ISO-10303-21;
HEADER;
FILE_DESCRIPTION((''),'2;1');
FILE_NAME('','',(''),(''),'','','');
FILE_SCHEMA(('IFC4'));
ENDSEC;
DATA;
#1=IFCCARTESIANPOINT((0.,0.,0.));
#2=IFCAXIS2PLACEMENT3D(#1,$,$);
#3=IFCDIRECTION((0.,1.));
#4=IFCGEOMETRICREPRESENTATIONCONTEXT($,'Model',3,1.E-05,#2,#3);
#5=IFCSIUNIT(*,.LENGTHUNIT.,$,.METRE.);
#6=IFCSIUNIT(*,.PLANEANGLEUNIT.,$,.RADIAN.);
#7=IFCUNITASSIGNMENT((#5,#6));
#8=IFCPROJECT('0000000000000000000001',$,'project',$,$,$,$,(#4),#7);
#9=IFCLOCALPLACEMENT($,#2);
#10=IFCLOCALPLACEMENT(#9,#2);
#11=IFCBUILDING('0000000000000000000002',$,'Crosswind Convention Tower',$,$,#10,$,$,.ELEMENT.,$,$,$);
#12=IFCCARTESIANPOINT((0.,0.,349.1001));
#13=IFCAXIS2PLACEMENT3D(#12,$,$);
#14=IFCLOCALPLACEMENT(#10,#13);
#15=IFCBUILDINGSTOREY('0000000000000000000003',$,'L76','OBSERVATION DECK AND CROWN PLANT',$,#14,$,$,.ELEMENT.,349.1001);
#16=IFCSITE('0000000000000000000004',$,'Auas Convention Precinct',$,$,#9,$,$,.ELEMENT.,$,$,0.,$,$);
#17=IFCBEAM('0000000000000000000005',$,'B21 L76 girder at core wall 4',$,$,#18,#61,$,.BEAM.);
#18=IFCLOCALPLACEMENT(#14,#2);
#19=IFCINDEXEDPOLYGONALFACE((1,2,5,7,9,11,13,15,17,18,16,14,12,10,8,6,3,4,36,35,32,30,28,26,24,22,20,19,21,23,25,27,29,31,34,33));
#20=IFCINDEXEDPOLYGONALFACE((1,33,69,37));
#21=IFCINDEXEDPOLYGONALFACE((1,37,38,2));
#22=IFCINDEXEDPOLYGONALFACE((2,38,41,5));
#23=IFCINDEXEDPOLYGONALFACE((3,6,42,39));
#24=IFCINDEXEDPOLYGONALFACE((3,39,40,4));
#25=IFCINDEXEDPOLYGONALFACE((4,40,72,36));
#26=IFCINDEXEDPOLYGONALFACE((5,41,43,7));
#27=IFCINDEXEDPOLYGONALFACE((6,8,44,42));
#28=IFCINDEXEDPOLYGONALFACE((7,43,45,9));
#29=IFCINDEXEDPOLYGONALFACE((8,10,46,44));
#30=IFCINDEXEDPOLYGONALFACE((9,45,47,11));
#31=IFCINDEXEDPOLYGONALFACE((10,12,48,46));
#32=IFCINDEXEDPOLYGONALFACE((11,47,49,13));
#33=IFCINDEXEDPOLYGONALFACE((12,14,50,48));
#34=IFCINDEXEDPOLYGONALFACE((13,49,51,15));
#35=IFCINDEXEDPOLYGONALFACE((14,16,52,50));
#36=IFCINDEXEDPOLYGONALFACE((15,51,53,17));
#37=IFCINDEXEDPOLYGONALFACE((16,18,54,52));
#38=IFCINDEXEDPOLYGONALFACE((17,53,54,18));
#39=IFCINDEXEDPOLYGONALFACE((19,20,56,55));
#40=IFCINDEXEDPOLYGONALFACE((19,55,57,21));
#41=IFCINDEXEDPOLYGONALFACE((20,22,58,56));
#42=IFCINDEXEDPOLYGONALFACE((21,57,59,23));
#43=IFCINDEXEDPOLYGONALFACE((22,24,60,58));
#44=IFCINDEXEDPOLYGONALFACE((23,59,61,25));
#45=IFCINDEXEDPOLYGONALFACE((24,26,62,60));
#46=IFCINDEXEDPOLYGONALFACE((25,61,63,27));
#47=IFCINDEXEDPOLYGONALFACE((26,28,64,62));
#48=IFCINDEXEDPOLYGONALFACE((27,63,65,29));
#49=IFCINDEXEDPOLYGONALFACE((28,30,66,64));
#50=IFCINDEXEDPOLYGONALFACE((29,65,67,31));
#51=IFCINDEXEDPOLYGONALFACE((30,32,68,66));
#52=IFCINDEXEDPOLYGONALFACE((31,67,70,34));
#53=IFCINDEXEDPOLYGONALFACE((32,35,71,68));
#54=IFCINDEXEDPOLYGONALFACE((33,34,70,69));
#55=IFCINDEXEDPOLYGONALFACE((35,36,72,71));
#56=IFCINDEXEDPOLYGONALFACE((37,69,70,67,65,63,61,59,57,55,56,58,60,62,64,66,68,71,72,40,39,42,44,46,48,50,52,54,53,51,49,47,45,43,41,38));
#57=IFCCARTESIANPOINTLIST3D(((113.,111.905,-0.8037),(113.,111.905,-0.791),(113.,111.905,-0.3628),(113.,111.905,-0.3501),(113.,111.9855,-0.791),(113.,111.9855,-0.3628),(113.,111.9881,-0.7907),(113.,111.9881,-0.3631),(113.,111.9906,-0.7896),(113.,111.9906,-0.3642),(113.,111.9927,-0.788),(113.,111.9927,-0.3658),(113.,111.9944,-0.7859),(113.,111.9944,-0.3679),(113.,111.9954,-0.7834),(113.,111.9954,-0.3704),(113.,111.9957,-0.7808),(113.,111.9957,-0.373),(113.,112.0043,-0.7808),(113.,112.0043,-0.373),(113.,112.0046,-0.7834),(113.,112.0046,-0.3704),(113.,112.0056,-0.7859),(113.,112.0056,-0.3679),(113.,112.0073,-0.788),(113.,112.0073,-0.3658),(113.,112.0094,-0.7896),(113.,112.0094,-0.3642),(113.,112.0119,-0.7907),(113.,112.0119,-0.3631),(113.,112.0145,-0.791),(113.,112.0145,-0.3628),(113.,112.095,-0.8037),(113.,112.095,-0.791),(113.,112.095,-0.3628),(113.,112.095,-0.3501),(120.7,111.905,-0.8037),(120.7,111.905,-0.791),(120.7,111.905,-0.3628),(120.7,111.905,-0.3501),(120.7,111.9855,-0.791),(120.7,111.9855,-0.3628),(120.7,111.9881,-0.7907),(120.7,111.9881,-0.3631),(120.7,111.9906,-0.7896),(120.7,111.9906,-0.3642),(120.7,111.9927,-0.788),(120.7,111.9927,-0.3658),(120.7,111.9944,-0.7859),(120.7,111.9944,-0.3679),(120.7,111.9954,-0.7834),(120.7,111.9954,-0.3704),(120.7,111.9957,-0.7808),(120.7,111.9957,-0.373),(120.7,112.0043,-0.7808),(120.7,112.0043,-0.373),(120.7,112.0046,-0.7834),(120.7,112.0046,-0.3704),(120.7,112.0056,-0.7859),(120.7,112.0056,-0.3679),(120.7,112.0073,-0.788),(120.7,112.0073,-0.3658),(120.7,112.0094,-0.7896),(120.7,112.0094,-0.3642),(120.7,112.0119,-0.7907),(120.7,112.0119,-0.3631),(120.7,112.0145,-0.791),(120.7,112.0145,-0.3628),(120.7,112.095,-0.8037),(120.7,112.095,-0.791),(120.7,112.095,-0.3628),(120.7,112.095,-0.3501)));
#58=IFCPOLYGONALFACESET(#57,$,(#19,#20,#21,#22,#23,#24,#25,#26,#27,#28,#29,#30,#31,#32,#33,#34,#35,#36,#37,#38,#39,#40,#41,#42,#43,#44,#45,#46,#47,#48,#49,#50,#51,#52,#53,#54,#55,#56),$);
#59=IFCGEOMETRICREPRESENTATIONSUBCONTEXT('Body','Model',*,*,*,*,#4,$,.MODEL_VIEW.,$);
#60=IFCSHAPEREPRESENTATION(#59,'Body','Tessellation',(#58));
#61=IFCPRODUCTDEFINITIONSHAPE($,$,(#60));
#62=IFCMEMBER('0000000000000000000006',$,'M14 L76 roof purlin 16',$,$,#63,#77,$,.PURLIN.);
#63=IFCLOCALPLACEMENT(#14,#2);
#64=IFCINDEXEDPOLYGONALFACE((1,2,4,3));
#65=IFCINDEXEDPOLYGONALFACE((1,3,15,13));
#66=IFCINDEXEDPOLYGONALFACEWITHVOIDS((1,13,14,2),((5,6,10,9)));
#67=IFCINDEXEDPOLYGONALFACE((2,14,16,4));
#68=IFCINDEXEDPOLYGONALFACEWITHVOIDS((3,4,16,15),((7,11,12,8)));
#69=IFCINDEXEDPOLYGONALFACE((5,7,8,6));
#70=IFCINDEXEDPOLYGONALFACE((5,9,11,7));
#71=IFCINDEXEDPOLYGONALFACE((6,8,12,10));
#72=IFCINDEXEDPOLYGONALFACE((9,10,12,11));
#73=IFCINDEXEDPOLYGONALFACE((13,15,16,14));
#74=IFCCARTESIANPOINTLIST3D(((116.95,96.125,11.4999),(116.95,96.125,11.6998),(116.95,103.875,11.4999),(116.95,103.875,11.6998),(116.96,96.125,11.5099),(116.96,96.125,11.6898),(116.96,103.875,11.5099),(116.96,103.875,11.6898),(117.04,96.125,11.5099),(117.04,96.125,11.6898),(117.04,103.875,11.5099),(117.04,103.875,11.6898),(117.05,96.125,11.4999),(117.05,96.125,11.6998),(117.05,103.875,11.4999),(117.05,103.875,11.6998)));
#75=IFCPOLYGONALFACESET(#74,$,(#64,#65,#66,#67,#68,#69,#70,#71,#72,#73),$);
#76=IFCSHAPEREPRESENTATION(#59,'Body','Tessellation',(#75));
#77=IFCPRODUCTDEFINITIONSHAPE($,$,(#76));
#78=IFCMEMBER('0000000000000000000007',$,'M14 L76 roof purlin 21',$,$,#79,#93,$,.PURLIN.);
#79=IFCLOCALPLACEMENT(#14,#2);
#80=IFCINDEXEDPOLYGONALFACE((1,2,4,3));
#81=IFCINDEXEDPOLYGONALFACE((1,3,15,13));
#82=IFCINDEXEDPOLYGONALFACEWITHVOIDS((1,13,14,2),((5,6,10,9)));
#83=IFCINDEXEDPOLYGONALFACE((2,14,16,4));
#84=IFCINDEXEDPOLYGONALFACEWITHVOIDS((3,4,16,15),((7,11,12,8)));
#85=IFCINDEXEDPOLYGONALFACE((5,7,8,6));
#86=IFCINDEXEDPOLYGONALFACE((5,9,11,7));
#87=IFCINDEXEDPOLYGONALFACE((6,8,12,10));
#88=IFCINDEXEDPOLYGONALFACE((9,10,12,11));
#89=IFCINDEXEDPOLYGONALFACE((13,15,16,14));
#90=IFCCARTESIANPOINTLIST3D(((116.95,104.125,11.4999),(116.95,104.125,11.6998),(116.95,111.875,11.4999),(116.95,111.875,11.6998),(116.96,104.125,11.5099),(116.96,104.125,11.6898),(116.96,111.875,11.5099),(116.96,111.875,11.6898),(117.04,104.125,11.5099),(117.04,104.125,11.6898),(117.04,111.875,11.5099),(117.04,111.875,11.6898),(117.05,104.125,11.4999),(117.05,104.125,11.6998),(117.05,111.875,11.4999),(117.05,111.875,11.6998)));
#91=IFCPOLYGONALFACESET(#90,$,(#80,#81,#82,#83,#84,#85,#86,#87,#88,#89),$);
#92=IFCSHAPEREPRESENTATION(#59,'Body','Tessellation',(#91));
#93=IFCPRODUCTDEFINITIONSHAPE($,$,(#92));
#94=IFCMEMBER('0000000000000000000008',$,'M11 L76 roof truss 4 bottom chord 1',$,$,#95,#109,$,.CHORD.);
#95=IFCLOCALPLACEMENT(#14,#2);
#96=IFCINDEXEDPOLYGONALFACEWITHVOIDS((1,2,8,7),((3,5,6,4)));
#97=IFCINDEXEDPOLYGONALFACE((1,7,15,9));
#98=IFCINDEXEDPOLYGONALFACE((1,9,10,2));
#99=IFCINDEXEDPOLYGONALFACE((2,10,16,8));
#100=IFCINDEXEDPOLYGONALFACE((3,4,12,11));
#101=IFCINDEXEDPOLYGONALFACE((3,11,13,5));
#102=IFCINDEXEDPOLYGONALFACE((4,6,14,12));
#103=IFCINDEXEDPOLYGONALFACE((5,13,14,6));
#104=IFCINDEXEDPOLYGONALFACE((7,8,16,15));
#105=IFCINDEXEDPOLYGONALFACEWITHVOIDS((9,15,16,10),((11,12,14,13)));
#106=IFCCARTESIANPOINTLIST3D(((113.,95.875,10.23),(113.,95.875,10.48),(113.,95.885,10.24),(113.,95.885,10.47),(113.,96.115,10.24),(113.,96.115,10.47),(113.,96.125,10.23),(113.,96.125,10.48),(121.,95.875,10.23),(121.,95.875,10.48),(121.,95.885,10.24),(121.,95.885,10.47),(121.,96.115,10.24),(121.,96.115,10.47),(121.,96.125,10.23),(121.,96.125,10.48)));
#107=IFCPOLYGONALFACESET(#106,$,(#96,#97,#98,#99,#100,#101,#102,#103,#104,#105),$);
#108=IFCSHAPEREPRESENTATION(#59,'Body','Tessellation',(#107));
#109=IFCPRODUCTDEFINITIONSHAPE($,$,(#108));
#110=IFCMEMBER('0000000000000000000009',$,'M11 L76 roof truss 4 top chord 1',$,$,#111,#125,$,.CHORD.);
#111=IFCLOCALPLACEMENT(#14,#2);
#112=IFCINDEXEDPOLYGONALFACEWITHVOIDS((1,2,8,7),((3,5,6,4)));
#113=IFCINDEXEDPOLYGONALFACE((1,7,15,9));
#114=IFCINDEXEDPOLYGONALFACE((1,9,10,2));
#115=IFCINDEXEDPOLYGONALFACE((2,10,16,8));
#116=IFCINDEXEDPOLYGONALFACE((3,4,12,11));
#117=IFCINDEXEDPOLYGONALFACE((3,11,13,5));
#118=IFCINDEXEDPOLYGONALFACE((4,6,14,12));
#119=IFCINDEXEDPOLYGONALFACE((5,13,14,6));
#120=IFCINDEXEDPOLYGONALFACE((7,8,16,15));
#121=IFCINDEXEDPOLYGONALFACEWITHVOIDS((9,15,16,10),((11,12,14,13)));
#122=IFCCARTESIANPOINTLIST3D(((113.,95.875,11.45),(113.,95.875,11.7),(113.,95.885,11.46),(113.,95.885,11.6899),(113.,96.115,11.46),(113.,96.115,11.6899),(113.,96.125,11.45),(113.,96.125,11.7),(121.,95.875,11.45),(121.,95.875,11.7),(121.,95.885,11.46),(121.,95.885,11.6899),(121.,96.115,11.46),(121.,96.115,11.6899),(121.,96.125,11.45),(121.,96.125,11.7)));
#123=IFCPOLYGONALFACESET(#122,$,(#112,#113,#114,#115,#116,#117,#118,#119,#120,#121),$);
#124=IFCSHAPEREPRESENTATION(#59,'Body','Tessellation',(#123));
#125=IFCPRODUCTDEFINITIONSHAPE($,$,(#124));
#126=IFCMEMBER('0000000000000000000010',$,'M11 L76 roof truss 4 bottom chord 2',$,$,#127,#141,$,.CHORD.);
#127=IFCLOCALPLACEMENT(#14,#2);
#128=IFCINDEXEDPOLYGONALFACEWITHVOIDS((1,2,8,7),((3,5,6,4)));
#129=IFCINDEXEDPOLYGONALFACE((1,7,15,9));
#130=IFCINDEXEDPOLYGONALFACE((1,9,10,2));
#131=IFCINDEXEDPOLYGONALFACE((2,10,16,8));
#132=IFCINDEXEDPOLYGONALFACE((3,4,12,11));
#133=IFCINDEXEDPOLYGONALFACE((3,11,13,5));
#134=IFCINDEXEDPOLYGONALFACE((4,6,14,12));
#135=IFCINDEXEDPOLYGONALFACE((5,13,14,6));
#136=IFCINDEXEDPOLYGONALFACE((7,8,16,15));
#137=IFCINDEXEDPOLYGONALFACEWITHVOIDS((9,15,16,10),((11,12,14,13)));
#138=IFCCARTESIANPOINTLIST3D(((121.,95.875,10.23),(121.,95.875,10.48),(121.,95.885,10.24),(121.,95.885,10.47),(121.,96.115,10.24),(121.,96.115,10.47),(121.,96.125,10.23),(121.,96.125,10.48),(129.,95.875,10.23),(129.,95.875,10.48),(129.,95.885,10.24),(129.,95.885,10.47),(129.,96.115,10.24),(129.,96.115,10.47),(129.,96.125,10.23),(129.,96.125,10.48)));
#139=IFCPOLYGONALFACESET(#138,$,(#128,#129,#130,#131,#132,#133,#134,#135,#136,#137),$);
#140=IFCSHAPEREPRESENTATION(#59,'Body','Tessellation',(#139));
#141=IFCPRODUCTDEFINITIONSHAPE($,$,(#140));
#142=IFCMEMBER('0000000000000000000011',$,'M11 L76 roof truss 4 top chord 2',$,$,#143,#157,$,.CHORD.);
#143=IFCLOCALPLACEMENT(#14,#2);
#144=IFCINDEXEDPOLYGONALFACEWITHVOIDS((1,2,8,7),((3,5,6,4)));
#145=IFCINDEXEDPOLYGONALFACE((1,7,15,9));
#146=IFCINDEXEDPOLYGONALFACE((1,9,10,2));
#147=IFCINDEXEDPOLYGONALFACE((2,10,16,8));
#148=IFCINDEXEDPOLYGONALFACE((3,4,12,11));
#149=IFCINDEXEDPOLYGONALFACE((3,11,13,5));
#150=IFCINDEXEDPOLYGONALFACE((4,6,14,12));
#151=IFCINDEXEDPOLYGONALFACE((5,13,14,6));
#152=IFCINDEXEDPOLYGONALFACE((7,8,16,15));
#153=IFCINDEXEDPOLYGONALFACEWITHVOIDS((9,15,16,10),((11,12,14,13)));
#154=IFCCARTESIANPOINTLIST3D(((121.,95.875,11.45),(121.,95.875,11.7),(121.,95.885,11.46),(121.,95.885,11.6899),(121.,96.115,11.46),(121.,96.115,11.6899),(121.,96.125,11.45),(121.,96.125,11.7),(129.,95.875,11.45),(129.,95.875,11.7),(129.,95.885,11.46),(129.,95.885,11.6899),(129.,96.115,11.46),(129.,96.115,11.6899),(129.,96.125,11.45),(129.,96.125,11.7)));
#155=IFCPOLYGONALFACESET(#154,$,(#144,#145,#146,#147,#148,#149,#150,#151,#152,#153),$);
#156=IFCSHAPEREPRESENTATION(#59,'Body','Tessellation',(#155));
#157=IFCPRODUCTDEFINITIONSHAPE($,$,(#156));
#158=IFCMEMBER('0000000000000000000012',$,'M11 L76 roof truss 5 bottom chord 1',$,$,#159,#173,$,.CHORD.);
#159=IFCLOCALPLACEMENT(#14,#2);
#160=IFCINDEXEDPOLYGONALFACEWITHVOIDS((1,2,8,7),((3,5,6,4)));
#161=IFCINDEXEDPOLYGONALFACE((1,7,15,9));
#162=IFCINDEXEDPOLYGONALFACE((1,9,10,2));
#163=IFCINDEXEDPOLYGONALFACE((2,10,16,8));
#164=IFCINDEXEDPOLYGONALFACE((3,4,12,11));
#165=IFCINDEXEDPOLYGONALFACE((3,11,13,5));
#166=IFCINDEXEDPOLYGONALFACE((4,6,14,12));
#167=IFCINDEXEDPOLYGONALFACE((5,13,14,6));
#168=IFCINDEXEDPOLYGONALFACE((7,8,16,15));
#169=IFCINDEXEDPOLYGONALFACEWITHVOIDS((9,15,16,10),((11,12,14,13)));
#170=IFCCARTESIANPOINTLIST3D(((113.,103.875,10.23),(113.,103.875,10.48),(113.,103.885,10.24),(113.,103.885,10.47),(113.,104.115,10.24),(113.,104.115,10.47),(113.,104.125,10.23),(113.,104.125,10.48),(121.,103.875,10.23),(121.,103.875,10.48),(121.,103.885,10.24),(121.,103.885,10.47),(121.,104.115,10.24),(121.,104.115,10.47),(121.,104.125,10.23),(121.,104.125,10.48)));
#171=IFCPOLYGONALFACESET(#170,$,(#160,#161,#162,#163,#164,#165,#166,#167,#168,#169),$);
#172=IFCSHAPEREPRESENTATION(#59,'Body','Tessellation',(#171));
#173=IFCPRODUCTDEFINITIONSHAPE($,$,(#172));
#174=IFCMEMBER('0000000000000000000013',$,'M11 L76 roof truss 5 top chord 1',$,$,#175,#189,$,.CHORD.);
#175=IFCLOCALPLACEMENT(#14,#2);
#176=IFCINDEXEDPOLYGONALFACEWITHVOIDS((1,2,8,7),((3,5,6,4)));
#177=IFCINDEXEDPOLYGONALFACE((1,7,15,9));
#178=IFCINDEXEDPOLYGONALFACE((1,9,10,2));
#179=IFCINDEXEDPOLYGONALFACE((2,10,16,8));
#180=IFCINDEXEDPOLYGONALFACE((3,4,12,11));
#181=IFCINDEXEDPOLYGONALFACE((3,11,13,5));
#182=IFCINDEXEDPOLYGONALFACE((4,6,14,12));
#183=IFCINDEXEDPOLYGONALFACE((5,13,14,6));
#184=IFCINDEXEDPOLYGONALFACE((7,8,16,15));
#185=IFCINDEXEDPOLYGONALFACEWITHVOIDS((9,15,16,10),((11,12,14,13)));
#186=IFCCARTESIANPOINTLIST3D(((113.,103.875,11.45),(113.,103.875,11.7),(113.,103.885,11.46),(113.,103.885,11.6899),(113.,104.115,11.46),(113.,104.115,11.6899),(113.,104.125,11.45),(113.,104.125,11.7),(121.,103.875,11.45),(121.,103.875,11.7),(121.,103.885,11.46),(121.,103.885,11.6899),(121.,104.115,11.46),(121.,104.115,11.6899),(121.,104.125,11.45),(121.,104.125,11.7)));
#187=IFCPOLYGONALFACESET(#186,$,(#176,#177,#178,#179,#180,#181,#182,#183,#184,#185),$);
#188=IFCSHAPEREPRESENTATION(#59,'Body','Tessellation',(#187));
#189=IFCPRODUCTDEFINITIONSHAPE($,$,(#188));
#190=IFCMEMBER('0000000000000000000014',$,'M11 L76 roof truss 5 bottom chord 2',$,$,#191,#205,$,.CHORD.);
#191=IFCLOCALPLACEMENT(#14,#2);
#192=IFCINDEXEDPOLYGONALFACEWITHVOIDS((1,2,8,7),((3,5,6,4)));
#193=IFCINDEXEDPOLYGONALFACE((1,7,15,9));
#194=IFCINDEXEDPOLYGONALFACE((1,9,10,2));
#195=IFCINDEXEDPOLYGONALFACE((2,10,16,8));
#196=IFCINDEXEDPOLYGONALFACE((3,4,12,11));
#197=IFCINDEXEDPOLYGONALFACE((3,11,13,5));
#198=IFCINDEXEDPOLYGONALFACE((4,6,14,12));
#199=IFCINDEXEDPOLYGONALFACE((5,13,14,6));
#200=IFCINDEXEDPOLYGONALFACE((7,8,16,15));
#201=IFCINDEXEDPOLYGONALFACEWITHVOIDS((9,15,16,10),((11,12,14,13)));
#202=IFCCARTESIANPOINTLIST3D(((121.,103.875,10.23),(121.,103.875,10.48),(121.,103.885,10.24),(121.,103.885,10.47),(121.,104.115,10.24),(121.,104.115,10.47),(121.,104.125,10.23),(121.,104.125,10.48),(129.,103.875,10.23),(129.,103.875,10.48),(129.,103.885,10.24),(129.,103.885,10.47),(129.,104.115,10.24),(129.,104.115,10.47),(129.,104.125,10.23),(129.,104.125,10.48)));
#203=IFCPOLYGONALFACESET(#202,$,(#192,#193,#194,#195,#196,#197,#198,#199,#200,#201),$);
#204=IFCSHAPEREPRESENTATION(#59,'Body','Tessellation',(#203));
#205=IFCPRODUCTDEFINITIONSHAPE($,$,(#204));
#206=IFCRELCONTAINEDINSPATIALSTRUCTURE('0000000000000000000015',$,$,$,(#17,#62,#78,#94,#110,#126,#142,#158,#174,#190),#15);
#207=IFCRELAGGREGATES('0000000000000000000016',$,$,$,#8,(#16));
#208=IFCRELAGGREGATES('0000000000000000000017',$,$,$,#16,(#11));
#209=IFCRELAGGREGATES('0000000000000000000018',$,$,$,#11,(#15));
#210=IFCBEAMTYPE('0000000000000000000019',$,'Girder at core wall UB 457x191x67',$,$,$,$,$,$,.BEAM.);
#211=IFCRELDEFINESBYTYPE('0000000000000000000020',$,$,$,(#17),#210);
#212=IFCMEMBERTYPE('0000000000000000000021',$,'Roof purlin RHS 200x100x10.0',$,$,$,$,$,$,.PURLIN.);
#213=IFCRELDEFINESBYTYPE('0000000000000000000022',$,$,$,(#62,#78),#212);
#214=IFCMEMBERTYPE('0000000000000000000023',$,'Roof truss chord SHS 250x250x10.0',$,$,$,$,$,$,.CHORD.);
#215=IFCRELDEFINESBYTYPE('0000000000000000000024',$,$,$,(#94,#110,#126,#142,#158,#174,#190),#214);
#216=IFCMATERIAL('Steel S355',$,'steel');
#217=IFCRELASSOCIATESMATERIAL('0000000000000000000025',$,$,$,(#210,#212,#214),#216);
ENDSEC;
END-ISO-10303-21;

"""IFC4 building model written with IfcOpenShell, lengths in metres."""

from ifc_helpers import new_model, si_unit, direction, frame, origin, origin_2d, place, context, subcontext, project, spatial, hollow_rectangle, i_section, extrude, material, material_profile, profile_set, type_object, element, save


model = new_model("IFC4")

# Units and contexts
model_context = context("Model", 3, precision=1e-05, world=origin(), true_north=direction((0.0, 1.0)))
body_context = subcontext(model_context, "Body", "Model", "MODEL_VIEW")
ifc_project = project(units=[si_unit("LENGTHUNIT", "METRE"), si_unit("PLANEANGLEUNIT", "RADIAN")], contexts=[model_context])

# Site, building, storey
site_placement = place(None, origin())
site = spatial("IfcSite", under=ifc_project, at=site_placement, Name="Auas Convention Precinct", CompositionType="ELEMENT", RefElevation=0.0)
building_placement = place(site_placement, origin())
building = spatial("IfcBuilding", under=site, at=building_placement, Name="Crosswind Convention Tower", CompositionType="ELEMENT")
storey_placement = place(building_placement, frame((0.0, 0.0, 349.1001)))
storey = spatial("IfcBuildingStorey", under=building, at=storey_placement, Name="L76", Description="OBSERVATION DECK AND CROWN PLANT", CompositionType="ELEMENT", Elevation=349.1001)

# Beam
ifc_material_1 = material(Name="Steel S355", Category="steel")
ifc_material_profile_1 = material_profile(ifc_material_1, i_section(OverallWidth=0.1899, OverallDepth=0.4536, WebThickness=0.0085, FlangeThickness=0.0127, FilletRadius=0.0103, at=origin_2d()), Name="UB 457x191x67")
ifc_profile_set_1 = profile_set([ifc_material_profile_1], Name="Steel S355")
beam_type_1 = type_object("IfcBeamType", Name="Girder at core wall UB 457x191x67", PredefinedType="BEAM", material=ifc_profile_set_1)
for number, where, z_axis, x_axis, name in (
    (1, (113.0, 112.0, -0.5769), (1.0, 0.0, 0.0), (0.0, 1.0, 0.0), "B21 L76 girder at core wall 4"),
):
    element("IfcBeam", number, at=place(storey_placement, frame(where, z_axis=z_axis, x_axis=x_axis)), inside=storey, type_object=beam_type_1, Name=name, PredefinedType="BEAM", context=body_context, shape_type="SweptSolid", body=[
        extrude(i_section(OverallWidth=0.1899, OverallDepth=0.4536, WebThickness=0.0085, FlangeThickness=0.0127, FilletRadius=0.0103, at=origin_2d()), origin(), (0.0, 0.0, 1.0), 7.7),
    ])

# Members
ifc_material_profile_2 = material_profile(ifc_material_1, hollow_rectangle(XDim=0.1001, YDim=0.2, WallThickness=0.01, at=origin_2d()), Name="RHS 200x100x10.0")
ifc_profile_set_2 = profile_set([ifc_material_profile_2], Name="Steel S355")
member_type_1 = type_object("IfcMemberType", Name="Roof purlin RHS 200x100x10.0", PredefinedType="PURLIN", material=ifc_profile_set_2)
for number, where, z_axis, x_axis, name in (
    (2, (117.0, 96.125, 11.5999), (0.0, 1.0, 0.0), (-1.0, 0.0, 0.0), "M14 L76 roof purlin 16"),
    (3, (117.0, 104.125, 11.5999), (0.0, 1.0, 0.0), (-1.0, 0.0, 0.0), "M14 L76 roof purlin 21"),
):
    element("IfcMember", number, at=place(storey_placement, frame(where, z_axis=z_axis, x_axis=x_axis)), inside=storey, type_object=member_type_1, Name=name, PredefinedType="PURLIN", context=body_context, shape_type="SweptSolid", body=[
        extrude(hollow_rectangle(XDim=0.1001, YDim=0.2, WallThickness=0.01, at=origin_2d()), origin(), (0.0, 0.0, 1.0), 7.75),
    ])
ifc_material_profile_3 = material_profile(ifc_material_1, hollow_rectangle(XDim=0.25, YDim=0.25, WallThickness=0.01, at=origin_2d()), Name="SHS 250x250x10.0")
ifc_profile_set_3 = profile_set([ifc_material_profile_3], Name="Steel S355")
member_type_2 = type_object("IfcMemberType", Name="Roof truss chord SHS 250x250x10.0", PredefinedType="CHORD", material=ifc_profile_set_3)
for number, where, z_axis, x_axis, name in (
    (4, (113.0, 96.0, 10.355), (1.0, 0.0, 0.0), (0.0, 1.0, 0.0), "M11 L76 roof truss 4 bottom chord 1"),
    (5, (113.0, 96.0, 11.575), (1.0, 0.0, 0.0), (0.0, 1.0, 0.0), "M11 L76 roof truss 4 top chord 1"),
    (6, (121.0, 96.0, 10.355), (1.0, 0.0, 0.0), (0.0, 1.0, 0.0), "M11 L76 roof truss 4 bottom chord 2"),
    (7, (121.0, 96.0, 11.575), (1.0, 0.0, 0.0), (0.0, 1.0, 0.0), "M11 L76 roof truss 4 top chord 2"),
    (8, (113.0, 104.0, 10.355), (1.0, 0.0, 0.0), (0.0, 1.0, 0.0), "M11 L76 roof truss 5 bottom chord 1"),
    (9, (113.0, 104.0, 11.575), (1.0, 0.0, 0.0), (0.0, 1.0, 0.0), "M11 L76 roof truss 5 top chord 1"),
    (10, (121.0, 104.0, 10.355), (1.0, 0.0, 0.0), (0.0, 1.0, 0.0), "M11 L76 roof truss 5 bottom chord 2"),
):
    element("IfcMember", number, at=place(storey_placement, frame(where, z_axis=z_axis, x_axis=x_axis)), inside=storey, type_object=member_type_2, Name=name, PredefinedType="CHORD", context=body_context, shape_type="SweptSolid", body=[
        extrude(hollow_rectangle(XDim=0.25, YDim=0.25, WallThickness=0.01, at=origin_2d()), origin(), (0.0, 0.0, 1.0), 8.0),
    ])

save(model, "model.ifc")
